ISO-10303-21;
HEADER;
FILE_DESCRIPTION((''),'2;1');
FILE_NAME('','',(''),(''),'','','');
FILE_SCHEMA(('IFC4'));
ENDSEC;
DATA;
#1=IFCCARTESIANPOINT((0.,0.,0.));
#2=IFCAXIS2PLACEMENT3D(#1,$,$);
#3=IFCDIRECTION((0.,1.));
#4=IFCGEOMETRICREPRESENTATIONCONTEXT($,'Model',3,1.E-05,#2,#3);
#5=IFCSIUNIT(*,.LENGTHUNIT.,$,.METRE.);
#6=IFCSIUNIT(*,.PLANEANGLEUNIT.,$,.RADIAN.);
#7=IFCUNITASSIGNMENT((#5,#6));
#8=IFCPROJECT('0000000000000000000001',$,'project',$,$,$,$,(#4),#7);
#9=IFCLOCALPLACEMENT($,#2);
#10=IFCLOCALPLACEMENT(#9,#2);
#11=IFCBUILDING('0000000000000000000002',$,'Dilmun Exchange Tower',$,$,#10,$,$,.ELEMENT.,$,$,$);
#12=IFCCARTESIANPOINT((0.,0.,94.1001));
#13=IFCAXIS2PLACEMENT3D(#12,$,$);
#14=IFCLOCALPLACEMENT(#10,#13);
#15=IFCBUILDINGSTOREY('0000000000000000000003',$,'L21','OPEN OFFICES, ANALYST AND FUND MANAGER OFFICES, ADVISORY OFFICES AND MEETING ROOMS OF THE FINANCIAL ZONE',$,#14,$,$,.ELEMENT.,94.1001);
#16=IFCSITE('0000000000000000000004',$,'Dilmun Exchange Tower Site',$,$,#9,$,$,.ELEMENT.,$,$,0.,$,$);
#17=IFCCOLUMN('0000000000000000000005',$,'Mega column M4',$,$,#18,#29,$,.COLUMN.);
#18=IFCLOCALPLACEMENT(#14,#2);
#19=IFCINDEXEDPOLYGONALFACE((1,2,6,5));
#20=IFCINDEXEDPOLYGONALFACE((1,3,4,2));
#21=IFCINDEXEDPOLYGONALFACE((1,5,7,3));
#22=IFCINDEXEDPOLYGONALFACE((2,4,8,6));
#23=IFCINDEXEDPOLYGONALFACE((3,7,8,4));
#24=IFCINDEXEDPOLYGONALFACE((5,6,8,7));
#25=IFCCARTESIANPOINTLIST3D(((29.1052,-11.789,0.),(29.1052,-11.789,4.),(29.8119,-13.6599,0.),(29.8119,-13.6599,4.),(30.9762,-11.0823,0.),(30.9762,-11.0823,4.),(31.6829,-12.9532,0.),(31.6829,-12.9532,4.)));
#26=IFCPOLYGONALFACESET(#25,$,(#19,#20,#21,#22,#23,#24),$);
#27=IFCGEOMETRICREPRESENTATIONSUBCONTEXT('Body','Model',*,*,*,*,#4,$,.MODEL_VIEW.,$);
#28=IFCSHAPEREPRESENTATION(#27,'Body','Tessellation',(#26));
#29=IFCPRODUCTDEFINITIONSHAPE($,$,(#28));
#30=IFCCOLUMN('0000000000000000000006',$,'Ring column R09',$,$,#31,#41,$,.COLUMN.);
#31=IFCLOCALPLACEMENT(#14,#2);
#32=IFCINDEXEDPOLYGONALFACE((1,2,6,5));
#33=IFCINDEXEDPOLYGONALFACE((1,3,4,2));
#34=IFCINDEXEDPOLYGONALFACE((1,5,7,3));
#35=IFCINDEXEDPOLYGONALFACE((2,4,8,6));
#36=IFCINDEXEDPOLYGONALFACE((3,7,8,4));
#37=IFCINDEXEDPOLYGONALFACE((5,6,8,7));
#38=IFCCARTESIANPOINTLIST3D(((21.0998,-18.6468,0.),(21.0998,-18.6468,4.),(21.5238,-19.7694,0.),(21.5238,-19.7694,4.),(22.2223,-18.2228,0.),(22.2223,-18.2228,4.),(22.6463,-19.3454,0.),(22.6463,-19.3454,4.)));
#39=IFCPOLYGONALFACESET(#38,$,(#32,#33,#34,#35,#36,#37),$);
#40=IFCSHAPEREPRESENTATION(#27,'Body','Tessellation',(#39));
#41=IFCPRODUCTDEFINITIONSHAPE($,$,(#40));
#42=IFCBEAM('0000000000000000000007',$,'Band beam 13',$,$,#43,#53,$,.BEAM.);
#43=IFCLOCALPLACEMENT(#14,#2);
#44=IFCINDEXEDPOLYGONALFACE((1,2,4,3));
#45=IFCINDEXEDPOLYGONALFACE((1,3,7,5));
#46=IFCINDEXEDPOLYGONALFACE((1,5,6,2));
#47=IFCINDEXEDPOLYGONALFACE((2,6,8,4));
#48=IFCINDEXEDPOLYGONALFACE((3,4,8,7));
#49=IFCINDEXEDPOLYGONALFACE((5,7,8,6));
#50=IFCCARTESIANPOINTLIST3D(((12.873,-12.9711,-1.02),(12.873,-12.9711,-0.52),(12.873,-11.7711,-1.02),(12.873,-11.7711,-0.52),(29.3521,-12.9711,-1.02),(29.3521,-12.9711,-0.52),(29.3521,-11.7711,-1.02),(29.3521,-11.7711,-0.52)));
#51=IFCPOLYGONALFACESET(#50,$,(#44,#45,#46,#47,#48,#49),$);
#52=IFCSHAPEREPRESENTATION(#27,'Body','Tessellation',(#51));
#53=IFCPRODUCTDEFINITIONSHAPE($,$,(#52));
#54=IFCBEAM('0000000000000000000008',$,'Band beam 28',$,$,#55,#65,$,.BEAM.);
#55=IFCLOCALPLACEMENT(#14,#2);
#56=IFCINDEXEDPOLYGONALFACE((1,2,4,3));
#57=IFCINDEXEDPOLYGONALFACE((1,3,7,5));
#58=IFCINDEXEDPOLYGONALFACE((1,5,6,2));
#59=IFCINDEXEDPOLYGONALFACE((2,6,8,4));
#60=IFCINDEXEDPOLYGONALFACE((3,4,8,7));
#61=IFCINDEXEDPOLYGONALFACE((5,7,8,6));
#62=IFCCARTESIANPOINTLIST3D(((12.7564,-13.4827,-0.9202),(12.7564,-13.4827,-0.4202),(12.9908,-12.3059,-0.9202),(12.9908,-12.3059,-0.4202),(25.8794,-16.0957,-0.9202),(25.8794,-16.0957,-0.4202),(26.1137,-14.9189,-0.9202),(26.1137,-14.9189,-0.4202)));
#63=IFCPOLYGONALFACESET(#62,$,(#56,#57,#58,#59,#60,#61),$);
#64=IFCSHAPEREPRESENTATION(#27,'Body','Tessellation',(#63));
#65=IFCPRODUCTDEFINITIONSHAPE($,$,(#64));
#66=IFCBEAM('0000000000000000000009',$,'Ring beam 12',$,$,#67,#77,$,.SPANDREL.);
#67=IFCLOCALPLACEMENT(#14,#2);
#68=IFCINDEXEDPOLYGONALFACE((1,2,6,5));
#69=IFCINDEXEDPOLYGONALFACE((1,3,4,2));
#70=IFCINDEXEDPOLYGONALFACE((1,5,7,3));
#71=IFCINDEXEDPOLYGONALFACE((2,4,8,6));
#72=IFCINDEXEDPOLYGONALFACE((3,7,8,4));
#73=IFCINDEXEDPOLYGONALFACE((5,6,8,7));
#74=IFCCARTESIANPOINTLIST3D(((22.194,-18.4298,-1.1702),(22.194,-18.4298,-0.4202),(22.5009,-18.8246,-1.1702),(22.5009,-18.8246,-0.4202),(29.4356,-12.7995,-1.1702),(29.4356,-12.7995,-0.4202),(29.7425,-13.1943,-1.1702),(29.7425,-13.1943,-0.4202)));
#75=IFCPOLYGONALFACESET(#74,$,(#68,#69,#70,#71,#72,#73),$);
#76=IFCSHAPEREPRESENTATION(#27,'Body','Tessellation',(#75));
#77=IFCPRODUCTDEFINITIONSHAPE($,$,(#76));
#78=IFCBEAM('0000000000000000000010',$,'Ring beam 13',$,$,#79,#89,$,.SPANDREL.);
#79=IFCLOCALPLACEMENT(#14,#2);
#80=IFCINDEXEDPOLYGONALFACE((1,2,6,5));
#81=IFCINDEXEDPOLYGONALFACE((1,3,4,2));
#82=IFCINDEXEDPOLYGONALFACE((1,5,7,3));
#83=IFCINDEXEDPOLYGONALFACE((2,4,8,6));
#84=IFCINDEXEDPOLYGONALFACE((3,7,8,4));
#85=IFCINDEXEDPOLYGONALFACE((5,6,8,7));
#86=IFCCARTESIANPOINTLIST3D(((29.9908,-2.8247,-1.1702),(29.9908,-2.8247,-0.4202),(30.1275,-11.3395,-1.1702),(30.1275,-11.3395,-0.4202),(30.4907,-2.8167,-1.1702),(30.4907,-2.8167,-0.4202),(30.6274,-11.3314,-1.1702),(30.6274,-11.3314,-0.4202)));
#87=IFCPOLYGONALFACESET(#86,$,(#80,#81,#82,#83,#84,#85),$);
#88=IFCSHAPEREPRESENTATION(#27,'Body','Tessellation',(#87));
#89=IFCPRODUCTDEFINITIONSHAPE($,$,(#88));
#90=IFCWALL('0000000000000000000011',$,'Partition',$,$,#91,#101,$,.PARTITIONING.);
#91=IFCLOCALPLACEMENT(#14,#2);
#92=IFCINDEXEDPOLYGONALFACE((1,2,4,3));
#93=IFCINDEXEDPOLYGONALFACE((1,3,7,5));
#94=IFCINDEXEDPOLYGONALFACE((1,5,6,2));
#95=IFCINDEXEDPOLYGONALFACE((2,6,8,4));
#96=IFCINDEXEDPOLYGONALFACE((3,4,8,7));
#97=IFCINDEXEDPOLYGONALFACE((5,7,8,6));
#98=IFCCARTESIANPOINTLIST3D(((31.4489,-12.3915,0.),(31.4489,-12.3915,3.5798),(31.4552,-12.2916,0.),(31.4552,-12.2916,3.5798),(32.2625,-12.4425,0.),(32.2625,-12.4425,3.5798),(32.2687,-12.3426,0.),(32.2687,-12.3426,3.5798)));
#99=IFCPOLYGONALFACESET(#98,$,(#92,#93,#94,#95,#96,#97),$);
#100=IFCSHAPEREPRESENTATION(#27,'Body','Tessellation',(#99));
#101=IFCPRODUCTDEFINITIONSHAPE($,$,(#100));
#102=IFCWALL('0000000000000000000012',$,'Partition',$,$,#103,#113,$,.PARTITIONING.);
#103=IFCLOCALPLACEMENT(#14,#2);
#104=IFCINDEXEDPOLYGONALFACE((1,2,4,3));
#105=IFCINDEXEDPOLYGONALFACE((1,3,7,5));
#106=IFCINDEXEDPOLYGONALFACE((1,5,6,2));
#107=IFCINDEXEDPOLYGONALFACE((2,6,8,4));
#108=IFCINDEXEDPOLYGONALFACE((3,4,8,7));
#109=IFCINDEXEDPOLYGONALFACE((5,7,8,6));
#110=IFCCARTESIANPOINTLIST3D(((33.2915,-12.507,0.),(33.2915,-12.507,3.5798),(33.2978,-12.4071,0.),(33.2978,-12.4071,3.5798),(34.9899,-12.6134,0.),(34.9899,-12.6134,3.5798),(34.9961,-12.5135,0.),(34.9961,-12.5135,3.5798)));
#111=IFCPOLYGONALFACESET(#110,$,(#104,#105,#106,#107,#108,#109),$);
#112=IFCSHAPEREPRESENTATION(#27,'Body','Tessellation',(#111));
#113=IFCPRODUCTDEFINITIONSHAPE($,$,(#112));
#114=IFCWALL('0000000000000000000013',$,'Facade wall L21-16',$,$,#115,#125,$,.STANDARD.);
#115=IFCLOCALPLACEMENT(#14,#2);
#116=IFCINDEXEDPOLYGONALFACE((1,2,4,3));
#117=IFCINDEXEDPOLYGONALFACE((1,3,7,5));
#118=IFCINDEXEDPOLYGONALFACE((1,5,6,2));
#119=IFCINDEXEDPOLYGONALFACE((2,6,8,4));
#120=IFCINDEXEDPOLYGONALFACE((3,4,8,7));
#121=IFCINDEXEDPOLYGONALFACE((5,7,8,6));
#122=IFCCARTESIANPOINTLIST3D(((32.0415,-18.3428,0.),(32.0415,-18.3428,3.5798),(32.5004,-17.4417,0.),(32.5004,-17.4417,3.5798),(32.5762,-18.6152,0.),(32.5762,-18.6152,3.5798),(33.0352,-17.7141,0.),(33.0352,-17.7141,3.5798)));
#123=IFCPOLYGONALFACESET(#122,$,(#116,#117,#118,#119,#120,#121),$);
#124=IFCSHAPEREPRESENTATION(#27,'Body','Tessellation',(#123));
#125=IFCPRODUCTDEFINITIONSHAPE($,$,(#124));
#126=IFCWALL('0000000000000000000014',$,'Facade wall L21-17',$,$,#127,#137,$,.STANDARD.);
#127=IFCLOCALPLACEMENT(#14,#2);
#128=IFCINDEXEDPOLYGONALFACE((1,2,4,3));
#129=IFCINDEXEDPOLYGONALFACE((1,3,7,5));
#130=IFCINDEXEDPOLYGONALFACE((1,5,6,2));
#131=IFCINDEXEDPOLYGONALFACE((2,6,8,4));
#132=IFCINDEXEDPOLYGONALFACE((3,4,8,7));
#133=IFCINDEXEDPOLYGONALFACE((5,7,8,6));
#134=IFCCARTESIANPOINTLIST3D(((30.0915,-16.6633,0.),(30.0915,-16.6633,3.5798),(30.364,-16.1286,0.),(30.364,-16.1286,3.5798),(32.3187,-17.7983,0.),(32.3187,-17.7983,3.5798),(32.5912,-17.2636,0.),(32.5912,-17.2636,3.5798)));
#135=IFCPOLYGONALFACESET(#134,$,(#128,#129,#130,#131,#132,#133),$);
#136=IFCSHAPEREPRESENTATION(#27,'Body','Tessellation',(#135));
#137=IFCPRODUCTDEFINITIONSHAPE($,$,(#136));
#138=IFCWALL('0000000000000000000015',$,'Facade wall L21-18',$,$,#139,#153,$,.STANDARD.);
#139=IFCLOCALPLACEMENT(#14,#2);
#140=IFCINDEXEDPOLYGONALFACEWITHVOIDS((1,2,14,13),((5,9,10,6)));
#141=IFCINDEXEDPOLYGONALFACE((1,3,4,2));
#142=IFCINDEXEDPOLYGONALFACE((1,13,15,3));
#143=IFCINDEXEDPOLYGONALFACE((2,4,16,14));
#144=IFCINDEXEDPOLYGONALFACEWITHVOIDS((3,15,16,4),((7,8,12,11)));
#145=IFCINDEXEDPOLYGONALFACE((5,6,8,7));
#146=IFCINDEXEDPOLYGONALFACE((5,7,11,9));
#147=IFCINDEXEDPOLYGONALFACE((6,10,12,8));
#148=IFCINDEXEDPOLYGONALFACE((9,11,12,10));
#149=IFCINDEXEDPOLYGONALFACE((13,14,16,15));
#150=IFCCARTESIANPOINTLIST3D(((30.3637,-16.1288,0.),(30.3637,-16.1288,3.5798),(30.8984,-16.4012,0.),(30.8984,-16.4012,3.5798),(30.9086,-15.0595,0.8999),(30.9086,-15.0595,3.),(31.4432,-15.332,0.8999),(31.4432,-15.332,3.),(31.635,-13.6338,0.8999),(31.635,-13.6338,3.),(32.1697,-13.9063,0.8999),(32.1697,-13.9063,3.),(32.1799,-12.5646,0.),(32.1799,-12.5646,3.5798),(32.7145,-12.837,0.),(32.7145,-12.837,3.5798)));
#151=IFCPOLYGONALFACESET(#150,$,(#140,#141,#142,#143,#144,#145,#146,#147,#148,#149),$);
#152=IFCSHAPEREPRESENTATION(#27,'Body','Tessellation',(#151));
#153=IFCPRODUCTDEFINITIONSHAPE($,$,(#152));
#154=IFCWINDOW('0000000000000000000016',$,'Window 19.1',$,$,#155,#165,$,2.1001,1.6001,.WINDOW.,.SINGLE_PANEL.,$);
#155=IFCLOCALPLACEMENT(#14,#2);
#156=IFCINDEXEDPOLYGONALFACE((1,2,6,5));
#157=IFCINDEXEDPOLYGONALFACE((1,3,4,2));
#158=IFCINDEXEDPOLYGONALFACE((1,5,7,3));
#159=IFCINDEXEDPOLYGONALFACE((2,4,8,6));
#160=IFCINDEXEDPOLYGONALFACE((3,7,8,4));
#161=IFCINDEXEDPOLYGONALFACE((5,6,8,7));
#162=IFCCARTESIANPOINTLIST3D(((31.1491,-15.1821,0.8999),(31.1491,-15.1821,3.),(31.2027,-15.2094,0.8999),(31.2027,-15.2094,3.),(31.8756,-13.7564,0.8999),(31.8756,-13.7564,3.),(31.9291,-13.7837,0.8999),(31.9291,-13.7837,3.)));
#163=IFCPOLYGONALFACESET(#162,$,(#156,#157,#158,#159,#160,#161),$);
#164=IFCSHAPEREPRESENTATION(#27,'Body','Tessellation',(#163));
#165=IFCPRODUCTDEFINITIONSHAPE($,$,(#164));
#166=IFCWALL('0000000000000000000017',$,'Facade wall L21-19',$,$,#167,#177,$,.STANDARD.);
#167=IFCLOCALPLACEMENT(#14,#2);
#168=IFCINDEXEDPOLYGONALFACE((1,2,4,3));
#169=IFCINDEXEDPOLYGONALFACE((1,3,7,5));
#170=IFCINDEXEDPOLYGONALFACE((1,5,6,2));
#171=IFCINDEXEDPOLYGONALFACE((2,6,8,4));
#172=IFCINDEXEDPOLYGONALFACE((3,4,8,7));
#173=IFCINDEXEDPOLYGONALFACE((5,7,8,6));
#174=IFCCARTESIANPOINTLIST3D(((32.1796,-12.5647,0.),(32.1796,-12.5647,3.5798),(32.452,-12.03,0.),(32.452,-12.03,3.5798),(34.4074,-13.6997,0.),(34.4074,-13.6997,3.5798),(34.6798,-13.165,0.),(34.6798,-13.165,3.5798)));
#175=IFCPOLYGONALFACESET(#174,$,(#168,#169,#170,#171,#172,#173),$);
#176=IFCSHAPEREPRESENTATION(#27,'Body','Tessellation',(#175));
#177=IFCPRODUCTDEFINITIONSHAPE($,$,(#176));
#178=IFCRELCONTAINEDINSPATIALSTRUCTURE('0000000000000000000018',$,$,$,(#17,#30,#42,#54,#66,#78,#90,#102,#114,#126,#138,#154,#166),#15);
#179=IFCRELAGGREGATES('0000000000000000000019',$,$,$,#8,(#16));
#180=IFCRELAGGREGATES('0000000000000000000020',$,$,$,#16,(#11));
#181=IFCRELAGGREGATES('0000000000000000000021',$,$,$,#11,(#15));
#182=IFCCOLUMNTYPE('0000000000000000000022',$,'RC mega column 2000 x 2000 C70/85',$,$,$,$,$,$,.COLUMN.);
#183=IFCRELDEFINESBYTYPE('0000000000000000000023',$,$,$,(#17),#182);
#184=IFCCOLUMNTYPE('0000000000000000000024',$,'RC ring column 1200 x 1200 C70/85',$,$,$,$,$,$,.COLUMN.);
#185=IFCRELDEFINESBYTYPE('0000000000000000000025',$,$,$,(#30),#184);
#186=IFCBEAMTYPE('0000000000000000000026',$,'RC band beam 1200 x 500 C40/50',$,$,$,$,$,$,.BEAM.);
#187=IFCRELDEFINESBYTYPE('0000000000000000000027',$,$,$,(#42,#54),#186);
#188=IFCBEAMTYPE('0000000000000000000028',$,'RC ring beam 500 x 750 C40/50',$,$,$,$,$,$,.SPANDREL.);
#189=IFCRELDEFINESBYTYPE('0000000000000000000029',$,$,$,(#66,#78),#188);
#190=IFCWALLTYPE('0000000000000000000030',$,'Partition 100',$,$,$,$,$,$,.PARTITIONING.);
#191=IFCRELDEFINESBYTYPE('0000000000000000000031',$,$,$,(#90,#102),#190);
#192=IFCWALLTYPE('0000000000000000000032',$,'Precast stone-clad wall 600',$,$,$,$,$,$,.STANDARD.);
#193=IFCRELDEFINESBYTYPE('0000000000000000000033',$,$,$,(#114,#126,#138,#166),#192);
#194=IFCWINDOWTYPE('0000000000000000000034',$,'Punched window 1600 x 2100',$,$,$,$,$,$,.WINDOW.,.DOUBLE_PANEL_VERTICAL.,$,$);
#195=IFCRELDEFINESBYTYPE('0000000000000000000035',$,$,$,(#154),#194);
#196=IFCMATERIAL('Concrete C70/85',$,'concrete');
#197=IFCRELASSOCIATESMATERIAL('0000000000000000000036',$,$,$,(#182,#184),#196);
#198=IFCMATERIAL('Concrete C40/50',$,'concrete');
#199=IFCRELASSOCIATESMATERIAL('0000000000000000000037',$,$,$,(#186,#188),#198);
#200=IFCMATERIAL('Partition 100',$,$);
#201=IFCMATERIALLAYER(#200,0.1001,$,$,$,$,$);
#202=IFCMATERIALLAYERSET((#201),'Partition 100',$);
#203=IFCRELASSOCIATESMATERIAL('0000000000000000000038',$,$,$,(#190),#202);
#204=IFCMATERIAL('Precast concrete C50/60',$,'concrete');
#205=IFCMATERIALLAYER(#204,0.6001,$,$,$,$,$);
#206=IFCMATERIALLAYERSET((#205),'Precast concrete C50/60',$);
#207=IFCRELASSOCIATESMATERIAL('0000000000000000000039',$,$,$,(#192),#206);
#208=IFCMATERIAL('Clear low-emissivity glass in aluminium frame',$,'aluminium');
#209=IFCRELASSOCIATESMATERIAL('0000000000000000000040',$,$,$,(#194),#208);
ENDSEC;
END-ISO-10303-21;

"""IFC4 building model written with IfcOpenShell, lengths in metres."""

from ifc_helpers import new_model, si_unit, direction, frame, frame_2d, origin, origin_2d, place, context, subcontext, project, spatial, rectangle, extrude, material, layer, layer_set, material_profile, profile_set, type_object, element, fill, save


model = new_model("IFC4")

# Units and contexts
model_context = context("Model", 3, precision=1e-05, world=origin(), true_north=direction((0.0, 1.0)))
body_context = subcontext(model_context, "Body", "Model", "MODEL_VIEW")
ifc_project = project(units=[si_unit("LENGTHUNIT", "METRE"), si_unit("PLANEANGLEUNIT", "RADIAN")], contexts=[model_context])

# Site, building, storey
site_placement = place(None, origin())
site = spatial("IfcSite", under=ifc_project, at=site_placement, Name="Dilmun Exchange Tower Site", CompositionType="ELEMENT", RefElevation=0.0)
building_placement = place(site_placement, origin())
building = spatial("IfcBuilding", under=site, at=building_placement, Name="Dilmun Exchange Tower", CompositionType="ELEMENT")
storey_placement = place(building_placement, frame((0.0, 0.0, 94.1001)))
storey = spatial("IfcBuildingStorey", under=building, at=storey_placement, Name="L21", Description="OPEN OFFICES, ANALYST AND FUND MANAGER OFFICES, ADVISORY OFFICES AND MEETING ROOMS OF THE FINANCIAL ZONE", CompositionType="ELEMENT", Elevation=94.1001)

# Columns
ifc_material_1 = material(Name="Concrete C70/85", Category="concrete")
ifc_material_profile_1 = material_profile(ifc_material_1, rectangle(XDim=2.0, YDim=2.0, at=origin_2d()), Name="2000 x 2000")
ifc_profile_set_1 = profile_set([ifc_material_profile_1], Name="Concrete C70/85")
column_type_1 = type_object("IfcColumnType", Name="RC mega column 2000 x 2000 C70/85", PredefinedType="COLUMN", material=ifc_profile_set_1)
column_1_placement = place(storey_placement, frame((30.394, -12.3711, 0.0), z_axis=(0.0, 0.0, 1.0), x_axis=(0.935492, 0.353349, 0.0)))
element("IfcColumn", 1, at=column_1_placement, inside=storey, type_object=column_type_1, Name="Mega column M4", PredefinedType="COLUMN", context=body_context, shape_type="SweptSolid", body=[
    extrude(rectangle(XDim=2.0, YDim=2.0, at=origin_2d()), origin(), (0.0, 0.0, 1.0), 4.0),
])
ifc_material_profile_2 = material_profile(ifc_material_1, rectangle(XDim=1.2, YDim=1.2, at=origin_2d()), Name="1200 x 1200")
ifc_profile_set_2 = profile_set([ifc_material_profile_2], Name="Concrete C70/85")
column_type_2 = type_object("IfcColumnType", Name="RC ring column 1200 x 1200 C70/85", PredefinedType="COLUMN", material=ifc_profile_set_2)
column_2_placement = place(storey_placement, frame((21.873, -18.9961, 0.0), z_axis=(0.0, 0.0, 1.0), x_axis=(0.935492, 0.353349, 0.0)))
element("IfcColumn", 2, at=column_2_placement, inside=storey, type_object=column_type_2, Name="Ring column R09", PredefinedType="COLUMN", context=body_context, shape_type="SweptSolid", body=[
    extrude(rectangle(XDim=1.2, YDim=1.2, at=origin_2d()), origin(), (0.0, 0.0, 1.0), 4.0),
])

# Beams
ifc_material_2 = material(Name="Concrete C40/50", Category="concrete")
ifc_material_profile_3 = material_profile(ifc_material_2, rectangle(XDim=1.2, YDim=0.5, at=origin_2d()), Name="1200 x 500")
ifc_profile_set_3 = profile_set([ifc_material_profile_3], Name="Concrete C40/50")
beam_type_1 = type_object("IfcBeamType", Name="RC band beam 1200 x 500 C40/50", PredefinedType="BEAM", material=ifc_profile_set_3)
beam_1_placement = place(storey_placement, frame((29.3521, -12.3711, -0.77), z_axis=(-1.0, 0.0, 0.0), x_axis=(0.0, -1.0, 0.0)))
element("IfcBeam", 3, at=beam_1_placement, inside=storey, type_object=beam_type_1, Name="Band beam 13", PredefinedType="BEAM", context=body_context, shape_type="SweptSolid", body=[
    extrude(rectangle(XDim=1.2, YDim=0.5, at=origin_2d()), origin(), (0.0, 0.0, 1.0), 16.479),
])
beam_2_placement = place(storey_placement, frame((25.9966, -15.5073, -0.6702), z_axis=(-0.980747, 0.195284, 0.0), x_axis=(-0.195284, -0.980747, 0.0)))
element("IfcBeam", 4, at=beam_2_placement, inside=storey, type_object=beam_type_1, Name="Band beam 28", PredefinedType="BEAM", context=body_context, shape_type="SweptSolid", body=[
    extrude(rectangle(XDim=1.2, YDim=0.5, at=origin_2d()), origin(), (0.0, 0.0, 1.0), 13.3806),
])
ifc_material_profile_4 = material_profile(ifc_material_2, rectangle(XDim=0.5, YDim=0.75, at=origin_2d()), Name="500 x 750")
ifc_profile_set_4 = profile_set([ifc_material_profile_4], Name="Concrete C40/50")
beam_type_2 = type_object("IfcBeamType", Name="RC ring beam 500 x 750 C40/50", PredefinedType="SPANDREL", material=ifc_profile_set_4)
beam_3_placement = place(storey_placement, frame((22.3474, -18.6272, -0.7952), z_axis=(0.789461, 0.613801, 0.0), x_axis=(-0.613801, 0.789461, 0.0)))
element("IfcBeam", 5, at=beam_3_placement, inside=storey, type_object=beam_type_2, Name="Ring beam 12", PredefinedType="SPANDREL", context=body_context, shape_type="SweptSolid", body=[
    extrude(rectangle(XDim=0.5, YDim=0.75, at=origin_2d()), origin(), (0.0, 0.0, 1.0), 9.1729),
])
beam_4_placement = place(storey_placement, frame((30.3774, -11.3354, -0.7952), z_axis=(-0.016054, 0.999871, 0.0), x_axis=(-0.999871, -0.016054, 0.0)))
element("IfcBeam", 6, at=beam_4_placement, inside=storey, type_object=beam_type_2, Name="Ring beam 13", PredefinedType="SPANDREL", context=body_context, shape_type="SweptSolid", body=[
    extrude(rectangle(XDim=0.5, YDim=0.75, at=origin_2d()), origin(), (0.0, 0.0, 1.0), 8.5159),
])

# Walls
ifc_material_3 = material(Name="Partition 100")
ifc_layer_1 = layer(ifc_material_3, 0.1001)
ifc_layer_set_1 = layer_set([ifc_layer_1], Name="Partition 100")
wall_type_1 = type_object("IfcWallType", Name="Partition 100", PredefinedType="PARTITIONING", material=ifc_layer_set_1)
wall_1_placement = place(storey_placement, frame((31.4519, -12.3416, 0.0), z_axis=(0.0, 0.0, 1.0), x_axis=(0.998039, -0.062602, 0.0)))
element("IfcWall", 7, at=wall_1_placement, inside=storey, type_object=wall_type_1, Name="Partition", PredefinedType="PARTITIONING", context=body_context, shape_type="SweptSolid", body=[
    extrude(rectangle(XDim=0.8152, YDim=0.1001, at=frame_2d((0.4077, 0.0))), origin(), (0.0, 0.0, 1.0), 3.5798),
])
wall_2_placement = place(storey_placement, frame((33.2947, -12.457, 0.0), z_axis=(0.0, 0.0, 1.0), x_axis=(0.998041, -0.062557, 0.0)))
element("IfcWall", 8, at=wall_2_placement, inside=storey, type_object=wall_type_1, Name="Partition", PredefinedType="PARTITIONING", context=body_context, shape_type="SweptSolid", body=[
    extrude(rectangle(XDim=1.7017, YDim=0.1001, at=frame_2d((0.8508, 0.0))), origin(), (0.0, 0.0, 1.0), 3.5798),
])
ifc_material_4 = material(Name="Precast concrete C50/60", Category="concrete")
ifc_layer_2 = layer(ifc_material_4, 0.6001)
ifc_layer_set_2 = layer_set([ifc_layer_2], Name="Precast concrete C50/60")
wall_type_2 = type_object("IfcWallType", Name="Precast stone-clad wall 600", PredefinedType="STANDARD", material=ifc_layer_set_2)
wall_3_placement = place(storey_placement, frame((32.3088, -18.479, 0.0), z_axis=(0.0, 0.0, 1.0), x_axis=(0.453864, 0.891071, 0.0)))
element("IfcWall", 9, at=wall_3_placement, inside=storey, type_object=wall_type_2, Name="Facade wall L21-16", PredefinedType="STANDARD", context=body_context, shape_type="SweptSolid", body=[
    extrude(rectangle(XDim=1.0112, YDim=0.6001, at=frame_2d((0.5056, 0.0))), origin(), (0.0, 0.0, 1.0), 3.5798),
])
wall_4_placement = place(storey_placement, frame((32.4551, -17.531, 0.0), z_axis=(0.0, 0.0, 1.0), x_axis=(-0.890983, 0.454037, 0.0)))
element("IfcWall", 10, at=wall_4_placement, inside=storey, type_object=wall_type_2, Name="Facade wall L21-17", PredefinedType="STANDARD", context=body_context, shape_type="SweptSolid", body=[
    extrude(rectangle(XDim=2.4998, YDim=0.6001, at=frame_2d((1.25, 0.0))), origin(), (0.0, 0.0, 1.0), 3.5798),
])

# Wall, opening, window
wall_5_placement = place(storey_placement, frame((30.6311, -16.2649, 0.0), z_axis=(0.0, 0.0, 1.0), x_axis=(0.454012, 0.890996, 0.0)))
wall_5 = element("IfcWall", 11, at=wall_5_placement, inside=storey, type_object=wall_type_2, Name="Facade wall L21-18", PredefinedType="STANDARD", context=body_context, shape_type="SweptSolid", body=[
    extrude(rectangle(XDim=4.0002, YDim=0.6001, at=frame_2d((2.0, 0.0))), origin(), (0.0, 0.0, 1.0), 3.5798),
])
opening_1_placement = place(wall_5_placement, frame((1.2, 0.0, 0.8999)))
opening_1 = element("IfcOpeningElement", 12, at=opening_1_placement, cuts=wall_5, PredefinedType="OPENING", context=body_context, shape_type="SweptSolid", body=[
    extrude(rectangle(XDim=1.6001, YDim=2.1001, at=frame_2d((0.8, 1.05))), frame((0.0, 0.3101, 0.0), z_axis=(0.0, -1.0, 0.0), x_axis=(1.0, 0.0, 0.0)), (0.0, 0.0, 1.0), 0.6201),
])
ifc_material_5 = material(Name="Clear low-emissivity glass in aluminium frame", Category="aluminium")
window_type_1 = type_object("IfcWindowType", Name="Punched window 1600 x 2100", PartitioningType="DOUBLE_PANEL_VERTICAL", PredefinedType="WINDOW", material=ifc_material_5)
window_1_placement = place(opening_1_placement, origin())
window_1 = element("IfcWindow", 13, at=window_1_placement, inside=storey, type_object=window_type_1, Name="Window 19.1", OverallHeight=2.1001, OverallWidth=1.6001, PartitioningType="SINGLE_PANEL", PredefinedType="WINDOW", context=body_context, shape_type="SweptSolid", body=[
    extrude(rectangle(XDim=1.6001, YDim=2.1001, at=frame_2d((0.8, 1.05))), frame((0.0, 0.03, 0.0), z_axis=(0.0, -1.0, 0.0), x_axis=(1.0, 0.0, 0.0)), (0.0, 0.0, 1.0), 0.0601),
])
fill(opening_1, window_1)

# Wall
wall_6_placement = place(storey_placement, frame((32.3159, -12.2974, 0.0), z_axis=(0.0, 0.0, 1.0), x_axis=(0.891023, -0.453958, 0.0)))
element("IfcWall", 14, at=wall_6_placement, inside=storey, type_object=wall_type_2, Name="Facade wall L21-19", PredefinedType="STANDARD", context=body_context, shape_type="SweptSolid", body=[
    extrude(rectangle(XDim=2.5002, YDim=0.6001, at=frame_2d((1.25, 0.0))), origin(), (0.0, 0.0, 1.0), 3.5798),
])

save(model, "model.ifc")
